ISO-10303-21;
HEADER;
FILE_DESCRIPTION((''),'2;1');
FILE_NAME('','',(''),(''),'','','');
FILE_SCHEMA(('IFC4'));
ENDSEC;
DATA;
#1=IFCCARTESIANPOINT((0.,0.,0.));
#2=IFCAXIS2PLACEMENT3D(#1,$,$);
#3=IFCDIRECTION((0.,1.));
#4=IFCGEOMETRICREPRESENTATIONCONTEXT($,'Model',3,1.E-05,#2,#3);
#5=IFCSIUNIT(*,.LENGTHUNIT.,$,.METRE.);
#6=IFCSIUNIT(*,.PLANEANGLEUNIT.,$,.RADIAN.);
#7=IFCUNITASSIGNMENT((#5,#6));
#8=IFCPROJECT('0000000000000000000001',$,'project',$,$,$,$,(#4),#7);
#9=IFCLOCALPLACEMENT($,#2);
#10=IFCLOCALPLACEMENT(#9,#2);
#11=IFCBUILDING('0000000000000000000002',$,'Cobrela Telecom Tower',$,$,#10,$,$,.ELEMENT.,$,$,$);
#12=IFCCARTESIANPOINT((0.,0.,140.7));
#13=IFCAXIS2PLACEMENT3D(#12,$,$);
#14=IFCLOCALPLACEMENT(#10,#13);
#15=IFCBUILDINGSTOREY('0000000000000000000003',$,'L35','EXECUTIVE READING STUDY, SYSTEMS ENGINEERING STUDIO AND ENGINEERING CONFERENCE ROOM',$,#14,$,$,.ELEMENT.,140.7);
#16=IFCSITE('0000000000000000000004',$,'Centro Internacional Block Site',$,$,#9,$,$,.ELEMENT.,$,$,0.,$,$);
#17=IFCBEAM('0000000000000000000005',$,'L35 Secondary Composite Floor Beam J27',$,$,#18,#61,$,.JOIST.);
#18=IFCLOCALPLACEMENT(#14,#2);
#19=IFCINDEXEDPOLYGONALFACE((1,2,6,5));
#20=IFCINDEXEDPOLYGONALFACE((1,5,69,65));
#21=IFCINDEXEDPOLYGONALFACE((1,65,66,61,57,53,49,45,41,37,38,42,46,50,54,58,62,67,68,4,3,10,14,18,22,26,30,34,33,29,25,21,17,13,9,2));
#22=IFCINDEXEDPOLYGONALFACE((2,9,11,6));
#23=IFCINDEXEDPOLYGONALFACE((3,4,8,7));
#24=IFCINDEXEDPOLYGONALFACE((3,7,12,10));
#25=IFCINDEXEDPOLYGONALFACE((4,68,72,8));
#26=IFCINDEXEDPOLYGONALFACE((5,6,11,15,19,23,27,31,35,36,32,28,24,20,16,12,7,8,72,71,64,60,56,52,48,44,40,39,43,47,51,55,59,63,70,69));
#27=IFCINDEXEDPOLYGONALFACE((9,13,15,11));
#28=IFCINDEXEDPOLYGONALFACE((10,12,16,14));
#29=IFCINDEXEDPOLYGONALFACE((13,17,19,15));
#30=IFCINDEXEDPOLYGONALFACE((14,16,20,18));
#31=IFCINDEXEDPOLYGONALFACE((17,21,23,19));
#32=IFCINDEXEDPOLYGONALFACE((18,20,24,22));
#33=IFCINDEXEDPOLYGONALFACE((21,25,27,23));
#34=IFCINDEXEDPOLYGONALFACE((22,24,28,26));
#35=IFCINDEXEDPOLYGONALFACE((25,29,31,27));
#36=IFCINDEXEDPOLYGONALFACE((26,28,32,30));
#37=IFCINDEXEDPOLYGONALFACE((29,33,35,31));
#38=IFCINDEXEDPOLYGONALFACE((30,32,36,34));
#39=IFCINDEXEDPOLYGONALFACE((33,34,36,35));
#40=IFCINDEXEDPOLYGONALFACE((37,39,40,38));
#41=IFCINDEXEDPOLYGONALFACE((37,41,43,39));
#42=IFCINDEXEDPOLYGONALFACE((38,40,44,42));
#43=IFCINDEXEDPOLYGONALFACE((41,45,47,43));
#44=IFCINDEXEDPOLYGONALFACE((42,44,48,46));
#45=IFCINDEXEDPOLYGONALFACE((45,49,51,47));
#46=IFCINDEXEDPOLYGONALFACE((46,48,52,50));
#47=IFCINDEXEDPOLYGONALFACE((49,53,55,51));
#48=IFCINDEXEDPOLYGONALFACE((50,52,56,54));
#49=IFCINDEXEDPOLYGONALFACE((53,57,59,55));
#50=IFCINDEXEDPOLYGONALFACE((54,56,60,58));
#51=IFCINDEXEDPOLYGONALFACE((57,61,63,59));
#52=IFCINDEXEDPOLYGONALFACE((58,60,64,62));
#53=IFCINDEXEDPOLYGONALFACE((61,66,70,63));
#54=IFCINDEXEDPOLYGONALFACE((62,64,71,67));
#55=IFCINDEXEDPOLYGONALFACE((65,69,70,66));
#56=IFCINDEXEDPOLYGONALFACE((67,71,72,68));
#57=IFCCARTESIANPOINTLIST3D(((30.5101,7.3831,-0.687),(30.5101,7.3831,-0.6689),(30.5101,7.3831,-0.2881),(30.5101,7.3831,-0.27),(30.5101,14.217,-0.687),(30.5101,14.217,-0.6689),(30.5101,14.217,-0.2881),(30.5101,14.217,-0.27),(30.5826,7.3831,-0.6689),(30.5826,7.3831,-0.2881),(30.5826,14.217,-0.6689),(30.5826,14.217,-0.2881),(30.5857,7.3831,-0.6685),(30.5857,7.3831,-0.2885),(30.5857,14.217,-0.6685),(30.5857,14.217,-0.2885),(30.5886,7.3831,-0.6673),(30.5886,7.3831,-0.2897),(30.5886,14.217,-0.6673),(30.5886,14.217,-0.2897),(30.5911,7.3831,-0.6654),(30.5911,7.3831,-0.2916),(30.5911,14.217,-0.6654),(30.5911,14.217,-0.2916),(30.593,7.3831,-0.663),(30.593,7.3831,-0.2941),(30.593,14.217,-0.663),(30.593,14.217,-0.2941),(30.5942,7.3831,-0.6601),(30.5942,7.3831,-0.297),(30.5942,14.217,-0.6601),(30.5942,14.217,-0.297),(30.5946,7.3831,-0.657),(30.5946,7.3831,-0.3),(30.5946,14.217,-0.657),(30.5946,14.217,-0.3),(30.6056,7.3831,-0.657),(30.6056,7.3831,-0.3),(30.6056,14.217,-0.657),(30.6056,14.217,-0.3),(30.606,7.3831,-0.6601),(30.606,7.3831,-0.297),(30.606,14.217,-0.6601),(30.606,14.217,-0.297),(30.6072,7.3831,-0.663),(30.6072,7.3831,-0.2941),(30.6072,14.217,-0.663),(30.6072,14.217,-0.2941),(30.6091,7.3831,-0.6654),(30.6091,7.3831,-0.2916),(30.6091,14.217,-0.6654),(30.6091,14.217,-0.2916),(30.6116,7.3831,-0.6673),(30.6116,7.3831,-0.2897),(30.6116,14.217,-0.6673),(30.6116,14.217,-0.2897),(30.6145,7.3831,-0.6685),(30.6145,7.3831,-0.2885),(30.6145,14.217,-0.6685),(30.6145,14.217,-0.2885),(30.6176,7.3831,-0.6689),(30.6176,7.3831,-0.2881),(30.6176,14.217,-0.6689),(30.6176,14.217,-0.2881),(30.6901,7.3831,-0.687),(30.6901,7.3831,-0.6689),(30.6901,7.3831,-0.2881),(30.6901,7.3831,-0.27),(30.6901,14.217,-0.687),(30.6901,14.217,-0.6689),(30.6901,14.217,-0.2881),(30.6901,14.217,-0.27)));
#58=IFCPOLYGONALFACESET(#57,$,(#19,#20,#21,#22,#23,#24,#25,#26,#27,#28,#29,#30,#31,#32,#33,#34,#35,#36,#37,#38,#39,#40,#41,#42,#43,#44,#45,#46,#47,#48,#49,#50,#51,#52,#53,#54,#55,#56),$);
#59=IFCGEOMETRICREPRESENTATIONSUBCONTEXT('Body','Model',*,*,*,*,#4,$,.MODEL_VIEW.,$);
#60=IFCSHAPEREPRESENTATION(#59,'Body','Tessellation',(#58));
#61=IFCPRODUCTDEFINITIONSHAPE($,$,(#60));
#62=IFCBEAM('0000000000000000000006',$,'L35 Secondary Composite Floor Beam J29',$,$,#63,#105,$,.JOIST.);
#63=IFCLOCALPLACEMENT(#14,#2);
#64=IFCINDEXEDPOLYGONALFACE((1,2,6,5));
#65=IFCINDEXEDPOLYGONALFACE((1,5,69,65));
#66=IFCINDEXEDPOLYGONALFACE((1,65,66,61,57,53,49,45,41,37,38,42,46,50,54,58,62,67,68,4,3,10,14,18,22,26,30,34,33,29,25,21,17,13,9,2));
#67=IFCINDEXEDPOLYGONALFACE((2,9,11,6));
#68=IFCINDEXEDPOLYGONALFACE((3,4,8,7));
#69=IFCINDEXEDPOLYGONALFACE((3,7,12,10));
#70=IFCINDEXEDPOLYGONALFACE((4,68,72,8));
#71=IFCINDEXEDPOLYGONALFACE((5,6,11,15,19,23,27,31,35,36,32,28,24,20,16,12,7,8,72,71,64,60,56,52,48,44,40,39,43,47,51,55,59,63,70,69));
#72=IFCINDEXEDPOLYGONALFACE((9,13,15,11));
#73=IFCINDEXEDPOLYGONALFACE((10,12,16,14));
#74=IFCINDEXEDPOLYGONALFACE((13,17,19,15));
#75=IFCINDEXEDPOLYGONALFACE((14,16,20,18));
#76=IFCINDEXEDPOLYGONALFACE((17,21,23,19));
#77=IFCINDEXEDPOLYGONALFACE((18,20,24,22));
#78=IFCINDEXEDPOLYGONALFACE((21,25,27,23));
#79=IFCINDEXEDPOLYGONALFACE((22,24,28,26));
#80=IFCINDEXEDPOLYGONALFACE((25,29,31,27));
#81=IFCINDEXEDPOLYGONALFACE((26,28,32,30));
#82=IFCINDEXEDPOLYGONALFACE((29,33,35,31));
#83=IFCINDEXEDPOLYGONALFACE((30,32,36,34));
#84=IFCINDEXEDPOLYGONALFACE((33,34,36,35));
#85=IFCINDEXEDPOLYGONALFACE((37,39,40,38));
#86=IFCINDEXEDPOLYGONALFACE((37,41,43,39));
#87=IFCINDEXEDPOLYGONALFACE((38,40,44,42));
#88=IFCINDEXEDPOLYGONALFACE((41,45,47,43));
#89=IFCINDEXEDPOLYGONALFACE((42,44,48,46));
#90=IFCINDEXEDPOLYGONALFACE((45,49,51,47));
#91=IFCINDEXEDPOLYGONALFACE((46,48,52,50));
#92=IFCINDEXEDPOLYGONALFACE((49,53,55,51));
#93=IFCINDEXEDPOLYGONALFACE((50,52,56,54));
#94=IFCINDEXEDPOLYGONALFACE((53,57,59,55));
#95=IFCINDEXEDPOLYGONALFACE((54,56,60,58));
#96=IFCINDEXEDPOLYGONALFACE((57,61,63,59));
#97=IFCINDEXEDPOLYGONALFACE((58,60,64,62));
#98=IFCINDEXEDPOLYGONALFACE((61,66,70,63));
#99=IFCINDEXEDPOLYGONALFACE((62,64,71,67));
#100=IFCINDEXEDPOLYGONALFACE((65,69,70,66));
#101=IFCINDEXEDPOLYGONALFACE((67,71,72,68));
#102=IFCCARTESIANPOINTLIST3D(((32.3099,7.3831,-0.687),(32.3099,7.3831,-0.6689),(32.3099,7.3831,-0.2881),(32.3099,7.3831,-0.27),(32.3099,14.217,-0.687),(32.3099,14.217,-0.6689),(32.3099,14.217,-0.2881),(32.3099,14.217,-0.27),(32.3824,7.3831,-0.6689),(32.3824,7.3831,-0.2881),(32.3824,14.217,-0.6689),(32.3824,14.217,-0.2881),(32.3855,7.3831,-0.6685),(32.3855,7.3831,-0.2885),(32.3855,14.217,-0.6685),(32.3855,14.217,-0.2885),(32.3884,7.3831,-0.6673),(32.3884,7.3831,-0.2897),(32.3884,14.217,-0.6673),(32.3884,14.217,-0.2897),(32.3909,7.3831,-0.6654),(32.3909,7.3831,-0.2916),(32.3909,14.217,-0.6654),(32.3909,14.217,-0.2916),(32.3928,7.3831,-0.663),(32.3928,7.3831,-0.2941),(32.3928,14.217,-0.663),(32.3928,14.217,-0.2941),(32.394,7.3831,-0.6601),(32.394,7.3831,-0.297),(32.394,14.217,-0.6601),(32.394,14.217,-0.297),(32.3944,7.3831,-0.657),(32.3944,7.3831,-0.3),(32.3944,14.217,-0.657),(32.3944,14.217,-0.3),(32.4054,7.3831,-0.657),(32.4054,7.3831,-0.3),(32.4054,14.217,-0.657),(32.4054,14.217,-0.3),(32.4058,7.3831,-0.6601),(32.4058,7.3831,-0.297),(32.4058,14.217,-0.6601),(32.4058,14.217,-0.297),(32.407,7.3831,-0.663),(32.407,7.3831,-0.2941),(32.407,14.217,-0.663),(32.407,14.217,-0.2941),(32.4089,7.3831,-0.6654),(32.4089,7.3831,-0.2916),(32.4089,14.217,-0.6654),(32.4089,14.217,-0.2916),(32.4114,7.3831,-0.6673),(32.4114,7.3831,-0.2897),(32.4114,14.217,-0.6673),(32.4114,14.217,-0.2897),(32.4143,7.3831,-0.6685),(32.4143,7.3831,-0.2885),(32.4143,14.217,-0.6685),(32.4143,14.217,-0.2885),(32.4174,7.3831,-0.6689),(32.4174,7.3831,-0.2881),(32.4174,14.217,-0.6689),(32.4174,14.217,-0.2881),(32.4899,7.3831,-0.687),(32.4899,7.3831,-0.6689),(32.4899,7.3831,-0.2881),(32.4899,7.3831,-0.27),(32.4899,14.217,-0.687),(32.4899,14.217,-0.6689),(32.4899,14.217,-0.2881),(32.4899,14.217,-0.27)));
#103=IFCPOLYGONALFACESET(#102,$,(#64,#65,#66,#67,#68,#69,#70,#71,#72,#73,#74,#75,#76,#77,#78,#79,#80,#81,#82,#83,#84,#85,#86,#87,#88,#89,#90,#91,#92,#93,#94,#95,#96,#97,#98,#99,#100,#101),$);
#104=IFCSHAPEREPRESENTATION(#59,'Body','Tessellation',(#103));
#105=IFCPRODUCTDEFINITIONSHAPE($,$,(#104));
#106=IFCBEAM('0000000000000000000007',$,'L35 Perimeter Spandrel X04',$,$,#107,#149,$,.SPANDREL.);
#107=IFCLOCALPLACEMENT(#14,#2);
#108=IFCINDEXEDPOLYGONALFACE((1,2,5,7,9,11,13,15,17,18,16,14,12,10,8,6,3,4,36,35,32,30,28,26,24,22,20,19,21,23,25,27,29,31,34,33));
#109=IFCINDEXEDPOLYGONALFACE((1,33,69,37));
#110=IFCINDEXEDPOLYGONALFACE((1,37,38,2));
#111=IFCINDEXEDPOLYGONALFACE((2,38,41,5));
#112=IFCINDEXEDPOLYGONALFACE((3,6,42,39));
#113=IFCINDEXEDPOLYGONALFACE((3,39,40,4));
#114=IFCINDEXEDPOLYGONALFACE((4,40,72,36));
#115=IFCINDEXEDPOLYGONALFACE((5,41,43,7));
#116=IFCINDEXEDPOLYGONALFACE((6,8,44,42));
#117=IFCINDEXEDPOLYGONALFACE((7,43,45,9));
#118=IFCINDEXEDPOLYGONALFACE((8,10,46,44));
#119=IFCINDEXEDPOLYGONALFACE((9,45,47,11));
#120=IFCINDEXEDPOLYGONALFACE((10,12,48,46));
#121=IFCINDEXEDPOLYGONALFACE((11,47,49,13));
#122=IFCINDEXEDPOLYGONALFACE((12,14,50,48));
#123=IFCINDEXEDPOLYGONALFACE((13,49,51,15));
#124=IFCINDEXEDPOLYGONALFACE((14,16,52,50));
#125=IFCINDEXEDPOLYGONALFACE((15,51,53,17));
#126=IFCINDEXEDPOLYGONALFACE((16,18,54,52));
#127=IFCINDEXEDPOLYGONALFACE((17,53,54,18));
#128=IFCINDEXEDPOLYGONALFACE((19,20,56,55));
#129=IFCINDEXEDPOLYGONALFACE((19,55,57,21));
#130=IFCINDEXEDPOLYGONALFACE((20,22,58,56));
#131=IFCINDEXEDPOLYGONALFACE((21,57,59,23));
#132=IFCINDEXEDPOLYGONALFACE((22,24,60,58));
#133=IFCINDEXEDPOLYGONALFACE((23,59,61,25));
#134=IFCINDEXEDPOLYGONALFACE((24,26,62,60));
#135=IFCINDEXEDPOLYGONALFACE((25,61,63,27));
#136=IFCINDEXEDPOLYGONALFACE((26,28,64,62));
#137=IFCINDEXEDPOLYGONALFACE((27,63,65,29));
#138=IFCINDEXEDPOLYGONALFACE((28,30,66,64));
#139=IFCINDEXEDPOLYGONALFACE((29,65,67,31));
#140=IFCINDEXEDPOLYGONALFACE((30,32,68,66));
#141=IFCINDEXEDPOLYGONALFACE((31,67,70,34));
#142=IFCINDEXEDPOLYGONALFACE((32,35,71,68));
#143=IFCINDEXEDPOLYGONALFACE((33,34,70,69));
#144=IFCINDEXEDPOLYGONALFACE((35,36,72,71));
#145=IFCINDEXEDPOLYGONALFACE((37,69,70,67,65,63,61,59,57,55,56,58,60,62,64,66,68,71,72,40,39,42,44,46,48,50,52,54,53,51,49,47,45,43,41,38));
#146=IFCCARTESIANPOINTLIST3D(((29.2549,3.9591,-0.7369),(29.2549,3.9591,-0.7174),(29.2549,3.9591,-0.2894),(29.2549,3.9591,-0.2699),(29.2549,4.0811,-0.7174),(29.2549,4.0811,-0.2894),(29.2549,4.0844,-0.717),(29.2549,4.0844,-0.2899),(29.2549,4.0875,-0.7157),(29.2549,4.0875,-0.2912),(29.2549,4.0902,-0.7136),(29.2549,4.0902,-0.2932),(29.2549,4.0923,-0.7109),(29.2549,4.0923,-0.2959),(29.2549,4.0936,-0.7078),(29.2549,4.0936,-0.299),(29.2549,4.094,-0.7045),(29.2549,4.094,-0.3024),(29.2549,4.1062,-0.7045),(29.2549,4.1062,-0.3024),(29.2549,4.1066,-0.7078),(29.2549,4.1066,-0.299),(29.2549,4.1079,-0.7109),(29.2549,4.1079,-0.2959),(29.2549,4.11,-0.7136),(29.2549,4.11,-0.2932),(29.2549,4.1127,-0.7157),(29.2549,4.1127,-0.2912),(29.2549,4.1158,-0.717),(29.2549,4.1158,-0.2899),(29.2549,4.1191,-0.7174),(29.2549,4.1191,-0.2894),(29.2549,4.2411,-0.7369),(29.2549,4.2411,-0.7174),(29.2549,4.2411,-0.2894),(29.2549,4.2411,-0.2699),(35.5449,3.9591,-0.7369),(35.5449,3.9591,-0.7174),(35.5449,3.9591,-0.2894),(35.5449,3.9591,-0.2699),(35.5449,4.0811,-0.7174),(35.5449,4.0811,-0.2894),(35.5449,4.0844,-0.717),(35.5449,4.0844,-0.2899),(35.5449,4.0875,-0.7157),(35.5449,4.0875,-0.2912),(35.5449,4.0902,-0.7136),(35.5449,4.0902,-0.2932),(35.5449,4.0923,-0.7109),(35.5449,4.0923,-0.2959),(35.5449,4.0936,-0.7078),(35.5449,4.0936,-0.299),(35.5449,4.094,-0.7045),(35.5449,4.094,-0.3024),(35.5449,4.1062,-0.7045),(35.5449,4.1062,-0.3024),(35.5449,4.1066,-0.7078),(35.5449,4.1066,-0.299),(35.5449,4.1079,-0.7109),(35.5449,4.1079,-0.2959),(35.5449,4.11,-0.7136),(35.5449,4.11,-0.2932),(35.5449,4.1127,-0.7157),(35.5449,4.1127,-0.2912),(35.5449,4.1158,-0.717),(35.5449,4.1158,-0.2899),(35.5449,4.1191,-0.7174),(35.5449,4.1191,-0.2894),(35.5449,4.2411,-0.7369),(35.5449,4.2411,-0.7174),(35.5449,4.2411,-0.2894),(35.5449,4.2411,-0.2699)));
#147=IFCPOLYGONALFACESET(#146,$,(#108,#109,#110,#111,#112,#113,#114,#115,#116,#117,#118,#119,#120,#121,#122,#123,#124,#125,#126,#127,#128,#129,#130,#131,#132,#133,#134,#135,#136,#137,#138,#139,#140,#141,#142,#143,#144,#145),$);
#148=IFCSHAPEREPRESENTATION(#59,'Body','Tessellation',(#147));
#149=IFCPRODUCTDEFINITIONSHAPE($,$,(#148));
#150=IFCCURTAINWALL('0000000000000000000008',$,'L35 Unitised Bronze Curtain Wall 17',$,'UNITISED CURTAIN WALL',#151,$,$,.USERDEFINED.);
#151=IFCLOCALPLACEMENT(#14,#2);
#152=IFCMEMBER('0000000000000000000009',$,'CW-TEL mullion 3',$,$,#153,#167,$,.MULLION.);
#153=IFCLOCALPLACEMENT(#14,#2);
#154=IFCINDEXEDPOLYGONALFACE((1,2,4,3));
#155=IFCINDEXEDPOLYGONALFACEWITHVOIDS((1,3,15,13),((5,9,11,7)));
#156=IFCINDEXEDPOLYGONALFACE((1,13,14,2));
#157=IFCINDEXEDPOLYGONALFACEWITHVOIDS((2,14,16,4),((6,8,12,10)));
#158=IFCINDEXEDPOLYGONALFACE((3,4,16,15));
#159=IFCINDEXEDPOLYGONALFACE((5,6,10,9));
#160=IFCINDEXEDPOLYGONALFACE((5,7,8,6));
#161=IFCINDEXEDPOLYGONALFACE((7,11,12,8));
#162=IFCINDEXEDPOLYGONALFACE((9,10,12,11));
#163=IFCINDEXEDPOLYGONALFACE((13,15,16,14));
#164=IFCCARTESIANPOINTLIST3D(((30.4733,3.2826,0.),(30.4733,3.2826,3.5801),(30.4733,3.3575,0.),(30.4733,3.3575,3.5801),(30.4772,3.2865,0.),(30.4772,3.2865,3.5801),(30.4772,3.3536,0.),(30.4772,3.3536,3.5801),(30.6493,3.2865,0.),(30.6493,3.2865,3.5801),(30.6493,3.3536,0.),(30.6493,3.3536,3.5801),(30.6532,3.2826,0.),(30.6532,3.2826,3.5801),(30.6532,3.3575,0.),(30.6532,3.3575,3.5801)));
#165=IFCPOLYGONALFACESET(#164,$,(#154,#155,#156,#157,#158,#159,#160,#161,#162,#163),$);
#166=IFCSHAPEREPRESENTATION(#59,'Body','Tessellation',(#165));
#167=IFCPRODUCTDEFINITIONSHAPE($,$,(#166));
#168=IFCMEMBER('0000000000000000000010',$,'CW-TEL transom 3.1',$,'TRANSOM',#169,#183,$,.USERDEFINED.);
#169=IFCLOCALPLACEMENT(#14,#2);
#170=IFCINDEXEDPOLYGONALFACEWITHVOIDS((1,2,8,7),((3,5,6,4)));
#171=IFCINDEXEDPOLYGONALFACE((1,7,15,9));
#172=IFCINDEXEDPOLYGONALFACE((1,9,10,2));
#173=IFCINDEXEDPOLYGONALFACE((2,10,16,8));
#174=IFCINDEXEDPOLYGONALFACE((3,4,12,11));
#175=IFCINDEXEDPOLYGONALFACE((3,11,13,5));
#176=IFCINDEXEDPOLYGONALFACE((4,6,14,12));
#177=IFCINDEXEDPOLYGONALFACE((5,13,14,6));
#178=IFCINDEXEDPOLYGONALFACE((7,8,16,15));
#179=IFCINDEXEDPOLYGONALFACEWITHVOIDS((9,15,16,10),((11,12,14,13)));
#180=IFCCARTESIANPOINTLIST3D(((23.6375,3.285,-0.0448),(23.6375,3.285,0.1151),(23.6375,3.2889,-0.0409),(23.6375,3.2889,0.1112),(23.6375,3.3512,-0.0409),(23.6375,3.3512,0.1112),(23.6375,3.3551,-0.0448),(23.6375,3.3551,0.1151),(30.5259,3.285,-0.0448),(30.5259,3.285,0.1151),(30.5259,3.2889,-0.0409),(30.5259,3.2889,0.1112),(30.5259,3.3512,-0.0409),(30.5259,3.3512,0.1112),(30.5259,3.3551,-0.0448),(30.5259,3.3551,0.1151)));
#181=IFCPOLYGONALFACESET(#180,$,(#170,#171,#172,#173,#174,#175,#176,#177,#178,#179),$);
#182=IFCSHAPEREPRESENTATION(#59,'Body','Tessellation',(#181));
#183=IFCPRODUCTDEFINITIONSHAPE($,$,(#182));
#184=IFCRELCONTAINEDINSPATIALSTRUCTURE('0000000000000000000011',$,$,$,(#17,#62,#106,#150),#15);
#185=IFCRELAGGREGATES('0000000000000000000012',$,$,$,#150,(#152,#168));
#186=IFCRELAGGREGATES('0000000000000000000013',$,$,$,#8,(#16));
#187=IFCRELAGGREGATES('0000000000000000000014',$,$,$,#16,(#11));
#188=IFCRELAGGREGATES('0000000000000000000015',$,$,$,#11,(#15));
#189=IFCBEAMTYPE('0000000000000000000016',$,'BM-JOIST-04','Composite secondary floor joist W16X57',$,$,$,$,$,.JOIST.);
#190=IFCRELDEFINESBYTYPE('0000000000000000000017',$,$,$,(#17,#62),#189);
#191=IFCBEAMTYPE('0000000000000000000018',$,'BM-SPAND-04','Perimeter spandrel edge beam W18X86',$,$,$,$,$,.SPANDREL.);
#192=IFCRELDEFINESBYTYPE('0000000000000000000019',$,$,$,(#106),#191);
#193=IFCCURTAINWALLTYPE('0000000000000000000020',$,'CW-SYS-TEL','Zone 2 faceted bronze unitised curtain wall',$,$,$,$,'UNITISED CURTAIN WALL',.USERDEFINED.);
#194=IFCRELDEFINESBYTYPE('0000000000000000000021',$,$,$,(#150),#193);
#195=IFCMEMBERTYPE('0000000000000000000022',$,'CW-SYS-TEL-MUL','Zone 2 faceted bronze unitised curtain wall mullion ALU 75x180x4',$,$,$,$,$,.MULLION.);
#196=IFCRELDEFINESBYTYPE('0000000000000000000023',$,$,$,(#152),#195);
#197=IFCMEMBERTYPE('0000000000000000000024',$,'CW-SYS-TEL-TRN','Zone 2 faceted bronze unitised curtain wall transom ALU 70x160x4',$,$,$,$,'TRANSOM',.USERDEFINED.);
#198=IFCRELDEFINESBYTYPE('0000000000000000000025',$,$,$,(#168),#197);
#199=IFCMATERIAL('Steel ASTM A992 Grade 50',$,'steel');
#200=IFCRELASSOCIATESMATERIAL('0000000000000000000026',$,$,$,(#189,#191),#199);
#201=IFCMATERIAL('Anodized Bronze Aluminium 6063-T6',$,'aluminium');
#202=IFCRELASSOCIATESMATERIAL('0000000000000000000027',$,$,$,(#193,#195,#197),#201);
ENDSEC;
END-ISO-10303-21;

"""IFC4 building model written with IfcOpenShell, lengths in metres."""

from ifc_helpers import new_model, si_unit, direction, frame, origin, origin_2d, place, context, subcontext, project, spatial, hollow_rectangle, i_section, extrude, material, material_profile, profile_set, type_object, element, aggregate, save


model = new_model("IFC4")

# Units and contexts
model_context = context("Model", 3, precision=1e-05, world=origin(), true_north=direction((0.0, 1.0)))
body_context = subcontext(model_context, "Body", "Model", "MODEL_VIEW")
ifc_project = project(units=[si_unit("LENGTHUNIT", "METRE"), si_unit("PLANEANGLEUNIT", "RADIAN")], contexts=[model_context])

# Site, building, storey
site_placement = place(None, origin())
site = spatial("IfcSite", under=ifc_project, at=site_placement, Name="Centro Internacional Block Site", CompositionType="ELEMENT", RefElevation=0.0)
building_placement = place(site_placement, origin())
building = spatial("IfcBuilding", under=site, at=building_placement, Name="Cobrela Telecom Tower", CompositionType="ELEMENT")
storey_placement = place(building_placement, frame((0.0, 0.0, 140.7)))
storey = spatial("IfcBuildingStorey", under=building, at=storey_placement, Name="L35", Description="EXECUTIVE READING STUDY, SYSTEMS ENGINEERING STUDIO AND ENGINEERING CONFERENCE ROOM", CompositionType="ELEMENT", Elevation=140.7)

# Shared definitions
ifc_material_1 = material(Name="Steel ASTM A992 Grade 50", Category="steel")

# Beams
ifc_material_profile_1 = material_profile(ifc_material_1, i_section(OverallWidth=0.1799, OverallDepth=0.417, WebThickness=0.011, FlangeThickness=0.0181, FilletRadius=0.012, at=origin_2d()), Name="W16X57")
ifc_profile_set_1 = profile_set([ifc_material_profile_1], Name="Steel ASTM A992 Grade 50")
beam_type_1 = type_object("IfcBeamType", Name="BM-JOIST-04", Description="Composite secondary floor joist W16X57", PredefinedType="JOIST", material=ifc_profile_set_1)
for number, where, z_axis, x_axis, name in (
    (1, (30.6001, 7.3831, -0.4785), (0.0, 1.0, 0.0), (-1.0, 0.0, 0.0), "L35 Secondary Composite Floor Beam J27"),
    (2, (32.3999, 7.3831, -0.4785), (0.0, 1.0, 0.0), (-1.0, 0.0, 0.0), "L35 Secondary Composite Floor Beam J29"),
):
    element("IfcBeam", number, at=place(storey_placement, frame(where, z_axis=z_axis, x_axis=x_axis)), inside=storey, type_object=beam_type_1, Name=name, PredefinedType="JOIST", context=body_context, shape_type="SweptSolid", body=[
        extrude(i_section(OverallWidth=0.1799, OverallDepth=0.417, WebThickness=0.011, FlangeThickness=0.0181, FilletRadius=0.012, at=origin_2d()), origin(), (0.0, 0.0, 1.0), 6.834),
    ])
ifc_material_profile_2 = material_profile(ifc_material_1, i_section(OverallWidth=0.282, OverallDepth=0.467, WebThickness=0.0122, FlangeThickness=0.0195, FilletRadius=0.0129, at=origin_2d()), Name="W18X86")
ifc_profile_set_2 = profile_set([ifc_material_profile_2], Name="Steel ASTM A992 Grade 50")
beam_type_2 = type_object("IfcBeamType", Name="BM-SPAND-04", Description="Perimeter spandrel edge beam W18X86", PredefinedType="SPANDREL", material=ifc_profile_set_2)
beam_1_placement = place(storey_placement, frame((29.2549, 4.1001, -0.5034), z_axis=(1.0, 0.0, 0.0), x_axis=(0.0, 1.0, 0.0)))
element("IfcBeam", 3, at=beam_1_placement, inside=storey, type_object=beam_type_2, Name="L35 Perimeter Spandrel X04", PredefinedType="SPANDREL", context=body_context, shape_type="SweptSolid", body=[
    extrude(i_section(OverallWidth=0.282, OverallDepth=0.467, WebThickness=0.0122, FlangeThickness=0.0195, FilletRadius=0.0129, at=origin_2d()), origin(), (0.0, 0.0, 1.0), 6.29),
])

# Curtain wall, members
ifc_material_2 = material(Name="Anodized Bronze Aluminium 6063-T6", Category="aluminium")
curtain_wall_type = type_object("IfcCurtainWallType", Name="CW-SYS-TEL", Description="Zone 2 faceted bronze unitised curtain wall", ElementType="UNITISED CURTAIN WALL", PredefinedType="USERDEFINED", material=ifc_material_2)
curtain_wall_placement = place(storey_placement, origin())
curtain_wall = element("IfcCurtainWall", 4, at=curtain_wall_placement, inside=storey, type_object=curtain_wall_type, Name="L35 Unitised Bronze Curtain Wall 17", ObjectType="UNITISED CURTAIN WALL", PredefinedType="USERDEFINED")
ifc_material_profile_3 = material_profile(ifc_material_2, hollow_rectangle(XDim=0.075, YDim=0.1799, WallThickness=0.0039, at=origin_2d()), Name="ALU 75x180x4")
ifc_profile_set_3 = profile_set([ifc_material_profile_3], Name="Anodized Bronze Aluminium 6063-T6")
member_type_1 = type_object("IfcMemberType", Name="CW-SYS-TEL-MUL", Description="Zone 2 faceted bronze unitised curtain wall mullion ALU 75x180x4", PredefinedType="MULLION", material=ifc_profile_set_3)
member_1_placement = place(storey_placement, frame((30.5632, 3.3201, 0.0), z_axis=(0.0, 0.0, 1.0), x_axis=(0.0, -1.0, 0.0)))
member_1 = element("IfcMember", 5, at=member_1_placement, type_object=member_type_1, Name="CW-TEL mullion 3", PredefinedType="MULLION", context=body_context, shape_type="SweptSolid", body=[
    extrude(hollow_rectangle(XDim=0.075, YDim=0.1799, WallThickness=0.0039, at=origin_2d()), origin(), (0.0, 0.0, 1.0), 3.5801),
])
ifc_material_profile_4 = material_profile(ifc_material_2, hollow_rectangle(XDim=0.0701, YDim=0.1599, WallThickness=0.0039, at=origin_2d()), Name="ALU 70x160x4")
ifc_profile_set_4 = profile_set([ifc_material_profile_4], Name="Anodized Bronze Aluminium 6063-T6")
member_type_2 = type_object("IfcMemberType", Name="CW-SYS-TEL-TRN", Description="Zone 2 faceted bronze unitised curtain wall transom ALU 70x160x4", ElementType="TRANSOM", PredefinedType="USERDEFINED", material=ifc_profile_set_4)
member_2_placement = place(storey_placement, frame((30.5259, 3.3201, 0.0352), z_axis=(-1.0, 0.0, 0.0), x_axis=(0.0, -1.0, 0.0)))
member_2 = element("IfcMember", 6, at=member_2_placement, type_object=member_type_2, Name="CW-TEL transom 3.1", ObjectType="TRANSOM", PredefinedType="USERDEFINED", context=body_context, shape_type="SweptSolid", body=[
    extrude(hollow_rectangle(XDim=0.0701, YDim=0.1599, WallThickness=0.0039, at=origin_2d()), origin(), (0.0, 0.0, 1.0), 6.8884),
])
aggregate(curtain_wall, [member_1, member_2])

save(model, "model.ifc")
